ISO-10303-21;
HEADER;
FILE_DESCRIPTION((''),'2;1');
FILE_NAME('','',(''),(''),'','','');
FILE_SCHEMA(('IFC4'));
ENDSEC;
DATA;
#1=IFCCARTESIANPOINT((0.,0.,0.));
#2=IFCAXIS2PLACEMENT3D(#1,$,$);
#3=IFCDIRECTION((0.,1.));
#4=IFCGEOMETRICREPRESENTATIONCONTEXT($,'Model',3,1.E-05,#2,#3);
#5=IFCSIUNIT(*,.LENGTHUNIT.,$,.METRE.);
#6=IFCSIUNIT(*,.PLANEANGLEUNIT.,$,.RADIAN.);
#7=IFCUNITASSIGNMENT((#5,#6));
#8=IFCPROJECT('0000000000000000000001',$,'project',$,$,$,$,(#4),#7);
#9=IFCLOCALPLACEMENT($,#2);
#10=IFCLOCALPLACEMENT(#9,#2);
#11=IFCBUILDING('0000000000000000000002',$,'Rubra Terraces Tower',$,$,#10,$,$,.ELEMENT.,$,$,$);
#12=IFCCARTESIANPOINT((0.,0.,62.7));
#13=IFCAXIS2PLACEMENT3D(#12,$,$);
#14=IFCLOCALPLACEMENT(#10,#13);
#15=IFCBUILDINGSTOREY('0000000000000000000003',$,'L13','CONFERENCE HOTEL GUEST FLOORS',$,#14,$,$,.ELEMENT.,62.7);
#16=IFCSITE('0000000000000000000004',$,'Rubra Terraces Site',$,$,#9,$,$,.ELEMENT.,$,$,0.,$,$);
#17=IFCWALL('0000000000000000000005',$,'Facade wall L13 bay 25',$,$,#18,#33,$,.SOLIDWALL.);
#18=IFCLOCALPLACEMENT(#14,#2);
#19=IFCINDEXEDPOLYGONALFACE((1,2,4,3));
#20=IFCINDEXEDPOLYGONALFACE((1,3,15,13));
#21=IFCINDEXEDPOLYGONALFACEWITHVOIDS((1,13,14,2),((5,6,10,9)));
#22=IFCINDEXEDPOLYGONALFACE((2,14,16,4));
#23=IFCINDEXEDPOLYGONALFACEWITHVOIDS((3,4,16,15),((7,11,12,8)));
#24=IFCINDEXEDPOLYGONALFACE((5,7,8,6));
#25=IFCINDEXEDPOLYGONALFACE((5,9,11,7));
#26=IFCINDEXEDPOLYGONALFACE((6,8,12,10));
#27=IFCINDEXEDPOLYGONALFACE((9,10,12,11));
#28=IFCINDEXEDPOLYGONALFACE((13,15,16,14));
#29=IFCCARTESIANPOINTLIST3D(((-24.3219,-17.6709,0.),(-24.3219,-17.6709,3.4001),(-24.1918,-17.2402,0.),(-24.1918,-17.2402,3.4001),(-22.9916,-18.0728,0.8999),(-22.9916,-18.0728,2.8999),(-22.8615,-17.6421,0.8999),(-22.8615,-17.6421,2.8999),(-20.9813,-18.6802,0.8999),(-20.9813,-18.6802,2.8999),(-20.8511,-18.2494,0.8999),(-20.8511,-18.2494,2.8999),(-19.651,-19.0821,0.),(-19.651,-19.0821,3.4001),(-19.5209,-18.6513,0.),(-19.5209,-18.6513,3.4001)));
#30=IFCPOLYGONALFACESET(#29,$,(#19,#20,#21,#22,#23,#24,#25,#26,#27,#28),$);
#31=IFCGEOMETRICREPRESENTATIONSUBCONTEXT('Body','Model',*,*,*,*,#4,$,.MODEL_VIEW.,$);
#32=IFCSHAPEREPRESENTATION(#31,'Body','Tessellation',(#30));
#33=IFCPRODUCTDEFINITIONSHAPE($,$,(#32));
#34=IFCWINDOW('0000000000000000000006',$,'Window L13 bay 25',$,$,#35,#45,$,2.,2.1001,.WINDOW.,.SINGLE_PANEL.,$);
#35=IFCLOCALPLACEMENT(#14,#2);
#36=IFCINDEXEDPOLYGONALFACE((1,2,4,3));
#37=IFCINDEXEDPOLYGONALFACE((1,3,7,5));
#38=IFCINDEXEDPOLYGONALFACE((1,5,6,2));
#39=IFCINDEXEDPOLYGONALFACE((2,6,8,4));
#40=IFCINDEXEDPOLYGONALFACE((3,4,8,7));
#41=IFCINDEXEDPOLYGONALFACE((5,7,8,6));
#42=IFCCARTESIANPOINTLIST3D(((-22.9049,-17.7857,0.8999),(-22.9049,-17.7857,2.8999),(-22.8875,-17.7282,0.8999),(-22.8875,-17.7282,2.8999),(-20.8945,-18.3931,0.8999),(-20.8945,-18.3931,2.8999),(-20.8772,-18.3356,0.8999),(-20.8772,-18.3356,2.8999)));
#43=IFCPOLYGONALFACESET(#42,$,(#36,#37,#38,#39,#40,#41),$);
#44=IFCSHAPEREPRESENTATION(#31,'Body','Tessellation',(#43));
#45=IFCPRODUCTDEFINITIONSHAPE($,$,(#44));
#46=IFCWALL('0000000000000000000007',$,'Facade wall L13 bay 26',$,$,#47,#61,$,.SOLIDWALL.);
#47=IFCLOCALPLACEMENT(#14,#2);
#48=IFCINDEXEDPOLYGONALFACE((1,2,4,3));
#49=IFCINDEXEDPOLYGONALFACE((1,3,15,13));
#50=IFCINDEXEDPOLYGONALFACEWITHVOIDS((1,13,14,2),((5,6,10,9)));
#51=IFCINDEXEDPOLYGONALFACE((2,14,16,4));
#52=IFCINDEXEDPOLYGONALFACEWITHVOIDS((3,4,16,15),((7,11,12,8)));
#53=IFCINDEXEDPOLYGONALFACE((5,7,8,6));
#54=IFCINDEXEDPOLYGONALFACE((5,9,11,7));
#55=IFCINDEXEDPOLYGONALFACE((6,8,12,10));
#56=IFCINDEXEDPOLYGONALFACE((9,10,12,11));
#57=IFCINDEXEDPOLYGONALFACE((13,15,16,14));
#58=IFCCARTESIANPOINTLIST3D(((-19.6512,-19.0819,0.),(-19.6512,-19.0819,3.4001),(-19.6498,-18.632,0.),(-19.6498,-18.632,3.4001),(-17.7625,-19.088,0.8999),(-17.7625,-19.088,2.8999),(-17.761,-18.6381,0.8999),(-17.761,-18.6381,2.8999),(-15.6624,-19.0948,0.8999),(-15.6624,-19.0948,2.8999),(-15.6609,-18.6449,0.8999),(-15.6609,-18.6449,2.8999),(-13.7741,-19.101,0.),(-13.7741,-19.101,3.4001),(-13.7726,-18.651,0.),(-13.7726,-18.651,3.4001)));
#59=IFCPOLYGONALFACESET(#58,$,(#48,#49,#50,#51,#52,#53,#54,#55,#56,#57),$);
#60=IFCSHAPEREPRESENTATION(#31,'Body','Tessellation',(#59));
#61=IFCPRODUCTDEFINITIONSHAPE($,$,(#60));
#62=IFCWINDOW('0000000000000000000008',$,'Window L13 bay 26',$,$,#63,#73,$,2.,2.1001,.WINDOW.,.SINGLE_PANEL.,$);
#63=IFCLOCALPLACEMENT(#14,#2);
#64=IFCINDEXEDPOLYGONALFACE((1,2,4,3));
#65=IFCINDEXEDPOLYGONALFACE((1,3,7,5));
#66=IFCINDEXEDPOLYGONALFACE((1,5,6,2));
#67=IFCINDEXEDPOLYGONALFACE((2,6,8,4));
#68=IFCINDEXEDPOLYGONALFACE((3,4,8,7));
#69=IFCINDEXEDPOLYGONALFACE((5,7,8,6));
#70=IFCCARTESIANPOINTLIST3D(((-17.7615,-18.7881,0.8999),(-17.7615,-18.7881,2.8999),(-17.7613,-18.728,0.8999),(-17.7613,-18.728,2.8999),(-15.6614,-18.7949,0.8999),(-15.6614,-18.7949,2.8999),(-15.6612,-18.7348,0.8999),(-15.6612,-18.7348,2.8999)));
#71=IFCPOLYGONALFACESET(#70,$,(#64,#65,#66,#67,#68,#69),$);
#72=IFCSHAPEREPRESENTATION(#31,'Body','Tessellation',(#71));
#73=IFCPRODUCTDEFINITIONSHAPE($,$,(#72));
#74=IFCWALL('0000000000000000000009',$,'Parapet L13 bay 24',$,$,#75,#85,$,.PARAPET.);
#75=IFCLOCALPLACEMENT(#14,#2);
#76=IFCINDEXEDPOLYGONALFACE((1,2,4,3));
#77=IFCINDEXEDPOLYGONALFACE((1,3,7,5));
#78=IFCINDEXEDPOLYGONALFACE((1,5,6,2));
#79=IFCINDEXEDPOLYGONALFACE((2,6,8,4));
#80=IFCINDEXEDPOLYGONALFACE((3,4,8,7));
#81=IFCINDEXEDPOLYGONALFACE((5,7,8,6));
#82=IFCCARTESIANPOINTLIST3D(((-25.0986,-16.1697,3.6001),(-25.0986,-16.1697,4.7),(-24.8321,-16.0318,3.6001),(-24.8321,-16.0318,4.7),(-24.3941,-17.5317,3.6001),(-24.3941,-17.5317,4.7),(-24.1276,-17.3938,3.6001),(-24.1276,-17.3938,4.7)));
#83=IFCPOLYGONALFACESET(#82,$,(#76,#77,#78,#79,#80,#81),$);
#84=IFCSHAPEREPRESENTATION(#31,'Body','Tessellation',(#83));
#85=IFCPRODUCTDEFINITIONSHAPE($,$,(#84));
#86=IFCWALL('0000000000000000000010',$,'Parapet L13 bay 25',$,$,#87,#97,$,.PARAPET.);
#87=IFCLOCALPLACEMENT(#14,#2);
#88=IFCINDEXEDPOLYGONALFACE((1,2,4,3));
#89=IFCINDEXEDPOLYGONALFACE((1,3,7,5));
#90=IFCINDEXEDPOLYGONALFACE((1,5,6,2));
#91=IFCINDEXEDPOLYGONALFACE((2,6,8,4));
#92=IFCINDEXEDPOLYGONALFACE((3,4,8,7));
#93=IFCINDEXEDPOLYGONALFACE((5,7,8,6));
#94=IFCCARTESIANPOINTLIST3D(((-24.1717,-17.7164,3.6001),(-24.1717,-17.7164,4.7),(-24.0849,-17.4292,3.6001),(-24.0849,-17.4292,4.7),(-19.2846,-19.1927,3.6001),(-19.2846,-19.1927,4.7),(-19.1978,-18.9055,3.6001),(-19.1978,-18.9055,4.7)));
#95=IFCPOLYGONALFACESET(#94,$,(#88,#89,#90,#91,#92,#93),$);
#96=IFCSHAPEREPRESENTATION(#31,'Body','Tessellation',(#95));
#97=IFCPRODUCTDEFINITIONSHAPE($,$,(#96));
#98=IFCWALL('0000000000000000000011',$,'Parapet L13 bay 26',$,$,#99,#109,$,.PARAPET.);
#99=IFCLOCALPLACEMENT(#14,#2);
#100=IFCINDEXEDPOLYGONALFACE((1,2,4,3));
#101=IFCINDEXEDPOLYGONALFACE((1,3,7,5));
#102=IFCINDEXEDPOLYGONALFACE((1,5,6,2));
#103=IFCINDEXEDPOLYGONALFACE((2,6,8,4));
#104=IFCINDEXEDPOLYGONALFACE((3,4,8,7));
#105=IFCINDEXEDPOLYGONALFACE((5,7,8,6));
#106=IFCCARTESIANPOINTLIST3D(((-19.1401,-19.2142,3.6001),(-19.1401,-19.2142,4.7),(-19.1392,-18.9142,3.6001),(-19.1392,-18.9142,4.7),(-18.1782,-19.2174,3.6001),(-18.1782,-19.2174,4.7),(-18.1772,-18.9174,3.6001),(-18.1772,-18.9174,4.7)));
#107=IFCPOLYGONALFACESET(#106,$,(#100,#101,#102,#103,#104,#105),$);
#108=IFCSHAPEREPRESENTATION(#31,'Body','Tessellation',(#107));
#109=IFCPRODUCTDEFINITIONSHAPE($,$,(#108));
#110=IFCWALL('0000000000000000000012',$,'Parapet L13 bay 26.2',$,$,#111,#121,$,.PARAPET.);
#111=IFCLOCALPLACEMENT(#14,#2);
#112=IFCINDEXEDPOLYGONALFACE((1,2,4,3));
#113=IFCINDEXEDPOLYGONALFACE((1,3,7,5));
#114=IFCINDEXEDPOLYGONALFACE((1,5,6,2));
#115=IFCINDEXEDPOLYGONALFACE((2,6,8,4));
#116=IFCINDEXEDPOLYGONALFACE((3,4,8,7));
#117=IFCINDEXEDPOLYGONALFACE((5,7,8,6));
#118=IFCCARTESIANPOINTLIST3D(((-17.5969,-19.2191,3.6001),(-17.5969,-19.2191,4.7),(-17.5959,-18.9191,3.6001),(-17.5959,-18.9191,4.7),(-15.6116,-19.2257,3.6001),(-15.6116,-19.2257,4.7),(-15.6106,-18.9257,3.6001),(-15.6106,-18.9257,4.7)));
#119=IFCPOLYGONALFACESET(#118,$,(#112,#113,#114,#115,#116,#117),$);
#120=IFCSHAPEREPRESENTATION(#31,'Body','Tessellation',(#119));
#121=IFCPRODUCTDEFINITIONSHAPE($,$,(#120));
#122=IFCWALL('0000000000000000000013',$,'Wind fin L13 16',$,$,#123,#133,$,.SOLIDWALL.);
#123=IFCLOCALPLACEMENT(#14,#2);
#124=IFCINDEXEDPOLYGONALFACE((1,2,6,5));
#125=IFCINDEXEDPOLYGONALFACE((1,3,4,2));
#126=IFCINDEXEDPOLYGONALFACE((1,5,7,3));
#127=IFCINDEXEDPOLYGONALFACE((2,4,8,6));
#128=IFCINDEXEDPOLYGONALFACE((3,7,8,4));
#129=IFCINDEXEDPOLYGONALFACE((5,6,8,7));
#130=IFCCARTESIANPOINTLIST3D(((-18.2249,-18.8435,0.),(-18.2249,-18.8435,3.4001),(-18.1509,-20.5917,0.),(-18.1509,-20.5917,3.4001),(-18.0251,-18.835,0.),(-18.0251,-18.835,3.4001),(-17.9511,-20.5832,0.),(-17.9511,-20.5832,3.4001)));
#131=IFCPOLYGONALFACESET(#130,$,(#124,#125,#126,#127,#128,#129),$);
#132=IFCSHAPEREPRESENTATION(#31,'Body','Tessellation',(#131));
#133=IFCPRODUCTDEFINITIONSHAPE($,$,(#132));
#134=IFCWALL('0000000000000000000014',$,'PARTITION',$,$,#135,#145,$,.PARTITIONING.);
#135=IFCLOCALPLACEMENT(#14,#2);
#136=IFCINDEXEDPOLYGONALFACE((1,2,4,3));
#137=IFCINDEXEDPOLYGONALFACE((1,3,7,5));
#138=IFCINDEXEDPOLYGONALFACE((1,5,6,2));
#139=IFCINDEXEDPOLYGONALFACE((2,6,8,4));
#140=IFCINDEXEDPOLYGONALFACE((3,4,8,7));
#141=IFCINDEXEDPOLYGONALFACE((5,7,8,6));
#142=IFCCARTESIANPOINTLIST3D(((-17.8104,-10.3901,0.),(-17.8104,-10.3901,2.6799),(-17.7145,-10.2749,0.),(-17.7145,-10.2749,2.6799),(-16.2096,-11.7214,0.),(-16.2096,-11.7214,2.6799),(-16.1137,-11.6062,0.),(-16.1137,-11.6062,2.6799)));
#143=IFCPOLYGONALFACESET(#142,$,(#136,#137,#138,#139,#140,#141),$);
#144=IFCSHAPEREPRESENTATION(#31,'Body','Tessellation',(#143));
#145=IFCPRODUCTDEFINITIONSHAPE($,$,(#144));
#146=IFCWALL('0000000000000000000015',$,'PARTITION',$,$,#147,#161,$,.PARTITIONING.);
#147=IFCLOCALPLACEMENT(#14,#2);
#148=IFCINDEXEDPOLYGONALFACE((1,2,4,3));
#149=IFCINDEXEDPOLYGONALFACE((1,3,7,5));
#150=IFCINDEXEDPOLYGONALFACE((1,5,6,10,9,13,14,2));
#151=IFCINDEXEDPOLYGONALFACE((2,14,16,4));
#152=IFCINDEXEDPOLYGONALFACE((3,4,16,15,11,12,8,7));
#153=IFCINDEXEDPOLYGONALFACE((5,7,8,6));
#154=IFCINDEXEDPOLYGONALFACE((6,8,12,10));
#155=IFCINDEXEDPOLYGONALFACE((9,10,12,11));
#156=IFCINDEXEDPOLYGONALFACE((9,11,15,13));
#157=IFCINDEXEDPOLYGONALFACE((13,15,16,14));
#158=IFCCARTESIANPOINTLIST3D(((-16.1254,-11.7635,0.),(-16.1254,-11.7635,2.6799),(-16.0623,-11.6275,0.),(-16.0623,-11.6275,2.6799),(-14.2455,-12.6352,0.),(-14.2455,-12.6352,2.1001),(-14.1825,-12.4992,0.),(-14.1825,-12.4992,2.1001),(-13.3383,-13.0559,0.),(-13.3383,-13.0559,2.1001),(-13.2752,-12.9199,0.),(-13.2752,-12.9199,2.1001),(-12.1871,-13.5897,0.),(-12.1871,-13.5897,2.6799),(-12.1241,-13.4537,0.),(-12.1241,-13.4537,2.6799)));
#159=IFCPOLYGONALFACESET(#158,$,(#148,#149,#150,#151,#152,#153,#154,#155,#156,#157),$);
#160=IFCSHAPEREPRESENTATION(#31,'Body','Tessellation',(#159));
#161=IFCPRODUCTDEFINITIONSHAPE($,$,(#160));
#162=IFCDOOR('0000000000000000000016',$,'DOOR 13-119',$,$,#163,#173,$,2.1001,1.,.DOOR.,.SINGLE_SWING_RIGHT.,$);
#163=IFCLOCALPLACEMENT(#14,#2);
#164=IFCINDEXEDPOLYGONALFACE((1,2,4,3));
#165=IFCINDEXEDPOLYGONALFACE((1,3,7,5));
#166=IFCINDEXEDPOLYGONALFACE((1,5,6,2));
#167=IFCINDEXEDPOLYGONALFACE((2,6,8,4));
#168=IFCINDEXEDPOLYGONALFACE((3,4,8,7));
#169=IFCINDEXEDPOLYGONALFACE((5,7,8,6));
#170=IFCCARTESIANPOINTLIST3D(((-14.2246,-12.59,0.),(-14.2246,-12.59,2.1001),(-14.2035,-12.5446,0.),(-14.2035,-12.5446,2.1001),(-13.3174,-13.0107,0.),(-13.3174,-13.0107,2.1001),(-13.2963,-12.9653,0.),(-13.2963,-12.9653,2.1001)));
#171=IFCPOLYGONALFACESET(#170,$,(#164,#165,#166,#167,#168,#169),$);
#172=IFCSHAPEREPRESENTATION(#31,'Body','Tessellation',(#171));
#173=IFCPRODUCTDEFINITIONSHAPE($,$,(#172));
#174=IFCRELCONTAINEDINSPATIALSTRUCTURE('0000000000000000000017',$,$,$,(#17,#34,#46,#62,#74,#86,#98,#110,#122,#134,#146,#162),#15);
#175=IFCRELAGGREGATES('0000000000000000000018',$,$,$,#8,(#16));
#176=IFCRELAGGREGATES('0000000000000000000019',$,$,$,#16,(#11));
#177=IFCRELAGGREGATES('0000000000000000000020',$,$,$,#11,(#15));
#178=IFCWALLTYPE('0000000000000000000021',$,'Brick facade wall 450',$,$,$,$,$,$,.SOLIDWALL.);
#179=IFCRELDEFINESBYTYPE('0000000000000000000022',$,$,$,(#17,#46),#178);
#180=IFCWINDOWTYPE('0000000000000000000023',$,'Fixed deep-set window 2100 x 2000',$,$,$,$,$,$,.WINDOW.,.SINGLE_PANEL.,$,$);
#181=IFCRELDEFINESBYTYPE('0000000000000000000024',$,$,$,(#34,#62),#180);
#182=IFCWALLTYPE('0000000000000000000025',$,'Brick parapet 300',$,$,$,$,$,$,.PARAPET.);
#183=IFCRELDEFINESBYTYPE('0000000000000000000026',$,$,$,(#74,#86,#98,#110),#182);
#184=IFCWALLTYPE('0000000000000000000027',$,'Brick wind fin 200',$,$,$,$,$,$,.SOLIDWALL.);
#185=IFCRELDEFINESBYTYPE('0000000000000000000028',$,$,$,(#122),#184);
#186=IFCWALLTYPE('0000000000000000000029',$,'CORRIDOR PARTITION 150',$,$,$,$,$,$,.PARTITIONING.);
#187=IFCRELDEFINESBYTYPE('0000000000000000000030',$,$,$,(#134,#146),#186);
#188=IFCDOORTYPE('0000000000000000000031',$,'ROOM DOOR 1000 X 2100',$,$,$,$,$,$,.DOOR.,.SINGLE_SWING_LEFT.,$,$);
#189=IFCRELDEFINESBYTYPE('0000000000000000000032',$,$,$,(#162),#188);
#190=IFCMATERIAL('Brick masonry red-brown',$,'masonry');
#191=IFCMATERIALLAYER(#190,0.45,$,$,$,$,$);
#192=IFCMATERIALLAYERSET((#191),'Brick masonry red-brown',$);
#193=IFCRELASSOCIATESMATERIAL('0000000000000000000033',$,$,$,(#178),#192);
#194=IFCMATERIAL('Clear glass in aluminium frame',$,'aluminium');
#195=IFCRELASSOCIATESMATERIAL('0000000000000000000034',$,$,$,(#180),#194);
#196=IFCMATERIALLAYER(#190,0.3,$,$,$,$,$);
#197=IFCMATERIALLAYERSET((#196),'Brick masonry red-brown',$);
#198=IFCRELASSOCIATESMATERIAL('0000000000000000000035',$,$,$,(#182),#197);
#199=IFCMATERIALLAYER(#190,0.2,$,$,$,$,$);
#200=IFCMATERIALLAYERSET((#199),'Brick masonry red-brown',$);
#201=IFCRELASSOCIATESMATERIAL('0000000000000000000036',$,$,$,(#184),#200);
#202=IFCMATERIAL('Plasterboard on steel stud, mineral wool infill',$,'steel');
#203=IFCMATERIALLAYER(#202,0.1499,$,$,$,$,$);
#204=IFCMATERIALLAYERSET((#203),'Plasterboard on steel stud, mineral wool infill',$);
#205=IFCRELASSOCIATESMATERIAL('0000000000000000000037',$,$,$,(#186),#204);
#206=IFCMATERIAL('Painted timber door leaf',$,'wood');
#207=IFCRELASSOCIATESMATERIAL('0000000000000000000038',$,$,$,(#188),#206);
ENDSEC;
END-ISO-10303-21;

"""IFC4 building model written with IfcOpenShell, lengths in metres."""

from ifc_helpers import new_model, si_unit, direction, frame, frame_2d, origin, place, context, subcontext, project, spatial, rectangle, extrude, material, layer, layer_set, type_object, element, fill, save


model = new_model("IFC4")

# Units and contexts
model_context = context("Model", 3, precision=1e-05, world=origin(), true_north=direction((0.0, 1.0)))
body_context = subcontext(model_context, "Body", "Model", "MODEL_VIEW")
ifc_project = project(units=[si_unit("LENGTHUNIT", "METRE"), si_unit("PLANEANGLEUNIT", "RADIAN")], contexts=[model_context])

# Site, building, storey
site_placement = place(None, origin())
site = spatial("IfcSite", under=ifc_project, at=site_placement, Name="Rubra Terraces Site", CompositionType="ELEMENT", RefElevation=0.0)
building_placement = place(site_placement, origin())
building = spatial("IfcBuilding", under=site, at=building_placement, Name="Rubra Terraces Tower", CompositionType="ELEMENT")
storey_placement = place(building_placement, frame((0.0, 0.0, 62.7)))
storey = spatial("IfcBuildingStorey", under=building, at=storey_placement, Name="L13", Description="CONFERENCE HOTEL GUEST FLOORS", CompositionType="ELEMENT", Elevation=62.7)

# Walls, openings, windows
ifc_material_1 = material(Name="Brick masonry red-brown", Category="masonry")
ifc_layer_1 = layer(ifc_material_1, 0.45)
ifc_layer_set_1 = layer_set([ifc_layer_1], Name="Brick masonry red-brown")
wall_type_1 = type_object("IfcWallType", Name="Brick facade wall 450", PredefinedType="SOLIDWALL", material=ifc_layer_set_1)
ifc_material_2 = material(Name="Clear glass in aluminium frame", Category="aluminium")
window_type = type_object("IfcWindowType", Name="Fixed deep-set window 2100 x 2000", PartitioningType="SINGLE_PANEL", PredefinedType="WINDOW", material=ifc_material_2)
wall_1_placement = place(storey_placement, frame((-24.2568, -17.4556, 0.0), z_axis=(0.0, 0.0, 1.0), x_axis=(0.957268, -0.289202, 0.0)))
wall_1 = element("IfcWall", 1, at=wall_1_placement, inside=storey, type_object=wall_type_1, Name="Facade wall L13 bay 25", PredefinedType="SOLIDWALL", context=body_context, shape_type="SweptSolid", body=[
    extrude(rectangle(XDim=4.8794, YDim=0.45, at=frame_2d((2.4397, 0.0))), origin(), (0.0, 0.0, 1.0), 3.4001),
])
opening_1_placement = place(wall_1_placement, frame((1.3896, 0.0, 0.8999)))
opening_1 = element("IfcOpeningElement", 2, at=opening_1_placement, cuts=wall_1, PredefinedType="OPENING", context=body_context, shape_type="SweptSolid", body=[
    extrude(rectangle(XDim=2.1001, YDim=2.0, at=frame_2d((1.05, 1.0))), frame((0.0, 0.2349, 0.0), z_axis=(0.0, -1.0, 0.0), x_axis=(1.0, 0.0, 0.0)), (0.0, 0.0, 1.0), 0.47),
])
window_1_placement = place(opening_1_placement, origin())
window_1 = element("IfcWindow", 3, at=window_1_placement, inside=storey, type_object=window_type, Name="Window L13 bay 25", OverallHeight=2.0, OverallWidth=2.1001, PartitioningType="SINGLE_PANEL", PredefinedType="WINDOW", context=body_context, shape_type="SweptSolid", body=[
    extrude(rectangle(XDim=2.1001, YDim=2.0, at=frame_2d((1.05, 1.0))), frame((0.0, 0.135, 0.0), z_axis=(0.0, -1.0, 0.0), x_axis=(1.0, 0.0, 0.0)), (0.0, 0.0, 1.0), 0.0601),
])
fill(opening_1, window_1)
wall_2_placement = place(storey_placement, frame((-19.6504, -18.8569, 0.0), z_axis=(0.0, 0.0, 1.0), x_axis=(0.999995, -0.00324, 0.0)))
wall_2 = element("IfcWall", 4, at=wall_2_placement, inside=storey, type_object=wall_type_1, Name="Facade wall L13 bay 26", PredefinedType="SOLIDWALL", context=body_context, shape_type="SweptSolid", body=[
    extrude(rectangle(XDim=5.8772, YDim=0.45, at=frame_2d((2.9385, 0.0))), origin(), (0.0, 0.0, 1.0), 3.4001),
])
opening_2_placement = place(wall_2_placement, frame((1.8887, 0.0, 0.8999)))
opening_2 = element("IfcOpeningElement", 5, at=opening_2_placement, cuts=wall_2, PredefinedType="OPENING", context=body_context, shape_type="SweptSolid", body=[
    extrude(rectangle(XDim=2.1001, YDim=2.0, at=frame_2d((1.05, 1.0))), frame((0.0, 0.2349, 0.0), z_axis=(0.0, -1.0, 0.0), x_axis=(1.0, 0.0, 0.0)), (0.0, 0.0, 1.0), 0.47),
])
window_2_placement = place(opening_2_placement, origin())
window_2 = element("IfcWindow", 6, at=window_2_placement, inside=storey, type_object=window_type, Name="Window L13 bay 26", OverallHeight=2.0, OverallWidth=2.1001, PartitioningType="SINGLE_PANEL", PredefinedType="WINDOW", context=body_context, shape_type="SweptSolid", body=[
    extrude(rectangle(XDim=2.1001, YDim=2.0, at=frame_2d((1.05, 1.0))), frame((0.0, 0.135, 0.0), z_axis=(0.0, -1.0, 0.0), x_axis=(1.0, 0.0, 0.0)), (0.0, 0.0, 1.0), 0.0601),
])
fill(opening_2, window_2)

# Walls
ifc_layer_2 = layer(ifc_material_1, 0.3)
ifc_layer_set_2 = layer_set([ifc_layer_2], Name="Brick masonry red-brown")
wall_type_2 = type_object("IfcWallType", Name="Brick parapet 300", PredefinedType="PARAPET", material=ifc_layer_set_2)
wall_3_placement = place(storey_placement, frame((-24.9653, -16.1008, 3.6001), z_axis=(0.0, 0.0, 1.0), x_axis=(0.459462, -0.888197, 0.0)))
element("IfcWall", 7, at=wall_3_placement, inside=storey, type_object=wall_type_2, Name="Parapet L13 bay 24", PredefinedType="PARAPET", context=body_context, shape_type="SweptSolid", body=[
    extrude(rectangle(XDim=1.5334, YDim=0.3, at=frame_2d((0.7666, 0.0))), origin(), (0.0, 0.0, 1.0), 1.0999),
])
wall_4_placement = place(storey_placement, frame((-24.1284, -17.5728, 3.6001), z_axis=(0.0, 0.0, 1.0), x_axis=(0.957277, -0.289172, 0.0)))
element("IfcWall", 8, at=wall_4_placement, inside=storey, type_object=wall_type_2, Name="Parapet L13 bay 25", PredefinedType="PARAPET", context=body_context, shape_type="SweptSolid", body=[
    extrude(rectangle(XDim=5.1052, YDim=0.3, at=frame_2d((2.5527, 0.0))), origin(), (0.0, 0.0, 1.0), 1.0999),
])
wall_5_placement = place(storey_placement, frame((-19.1396, -19.0642, 3.6001), z_axis=(0.0, 0.0, 1.0), x_axis=(0.999995, -0.003299, 0.0)))
element("IfcWall", 9, at=wall_5_placement, inside=storey, type_object=wall_type_2, Name="Parapet L13 bay 26", PredefinedType="PARAPET", context=body_context, shape_type="SweptSolid", body=[
    extrude(rectangle(XDim=0.9619, YDim=0.3, at=frame_2d((0.481, 0.0))), origin(), (0.0, 0.0, 1.0), 1.0999),
])
wall_6_placement = place(storey_placement, frame((-17.5964, -19.0691, 3.6001), z_axis=(0.0, 0.0, 1.0), x_axis=(0.999994, -0.00332, 0.0)))
element("IfcWall", 10, at=wall_6_placement, inside=storey, type_object=wall_type_2, Name="Parapet L13 bay 26.2", PredefinedType="PARAPET", context=body_context, shape_type="SweptSolid", body=[
    extrude(rectangle(XDim=1.9854, YDim=0.3, at=frame_2d((0.9927, 0.0))), origin(), (0.0, 0.0, 1.0), 1.0999),
])
ifc_layer_3 = layer(ifc_material_1, 0.2)
ifc_layer_set_3 = layer_set([ifc_layer_3], Name="Brick masonry red-brown")
wall_type_3 = type_object("IfcWallType", Name="Brick wind fin 200", PredefinedType="SOLIDWALL", material=ifc_layer_set_3)
wall_7_placement = place(storey_placement, frame((-18.125, -18.8391, 0.0), z_axis=(0.0, 0.0, 1.0), x_axis=(0.042275, -0.999106, 0.0)))
element("IfcWall", 11, at=wall_7_placement, inside=storey, type_object=wall_type_3, Name="Wind fin L13 16", PredefinedType="SOLIDWALL", context=body_context, shape_type="SweptSolid", body=[
    extrude(rectangle(XDim=1.7498, YDim=0.2, at=frame_2d((0.875, 0.0))), origin(), (0.0, 0.0, 1.0), 3.4001),
])
ifc_material_3 = material(Name="Plasterboard on steel stud, mineral wool infill", Category="steel")
ifc_layer_4 = layer(ifc_material_3, 0.1499)
ifc_layer_set_4 = layer_set([ifc_layer_4], Name="Plasterboard on steel stud, mineral wool infill")
wall_type_4 = type_object("IfcWallType", Name="CORRIDOR PARTITION 150", PredefinedType="PARTITIONING", material=ifc_layer_set_4)
wall_8_placement = place(storey_placement, frame((-17.7625, -10.3325, 0.0), z_axis=(0.0, 0.0, 1.0), x_axis=(0.768865, -0.639411, 0.0)))
element("IfcWall", 12, at=wall_8_placement, inside=storey, type_object=wall_type_4, Name="PARTITION", PredefinedType="PARTITIONING", context=body_context, shape_type="SweptSolid", body=[
    extrude(rectangle(XDim=2.082, YDim=0.1499, at=frame_2d((1.041, 0.0))), origin(), (0.0, 0.0, 1.0), 2.6799),
])

# Wall, opening, door
wall_9_placement = place(storey_placement, frame((-16.0938, -11.6956, 0.0), z_axis=(0.0, 0.0, 1.0), x_axis=(0.907211, -0.420677, 0.0)))
wall_9 = element("IfcWall", 13, at=wall_9_placement, inside=storey, type_object=wall_type_4, Name="PARTITION", PredefinedType="PARTITIONING", context=body_context, shape_type="SweptSolid", body=[
    extrude(rectangle(XDim=4.3411, YDim=0.1499, at=frame_2d((2.1704, 0.0))), origin(), (0.0, 0.0, 1.0), 2.6799),
])
opening_3_placement = place(wall_9_placement, frame((2.072, 0.0, 0.0)))
opening_3 = element("IfcOpeningElement", 14, at=opening_3_placement, cuts=wall_9, PredefinedType="OPENING", context=body_context, shape_type="SweptSolid", body=[
    extrude(rectangle(XDim=1.0, YDim=2.1001, at=frame_2d((0.5, 1.05))), frame((0.0, 0.085, 0.0), z_axis=(0.0, -1.0, 0.0), x_axis=(1.0, 0.0, 0.0)), (0.0, 0.0, 1.0), 0.1699),
])
ifc_material_4 = material(Name="Painted timber door leaf", Category="wood")
door_type_1 = type_object("IfcDoorType", Name="ROOM DOOR 1000 X 2100", OperationType="SINGLE_SWING_LEFT", PredefinedType="DOOR", material=ifc_material_4)
door_1_placement = place(opening_3_placement, origin())
door_1 = element("IfcDoor", 15, at=door_1_placement, inside=storey, type_object=door_type_1, Name="DOOR 13-119", OperationType="SINGLE_SWING_RIGHT", OverallHeight=2.1001, OverallWidth=1.0, PredefinedType="DOOR", context=body_context, shape_type="SweptSolid", body=[
    extrude(rectangle(XDim=1.0, YDim=2.1001, at=frame_2d((0.5, 1.05))), frame((0.0, 0.0249, 0.0), z_axis=(0.0, -1.0, 0.0), x_axis=(1.0, 0.0, 0.0)), (0.0, 0.0, 1.0), 0.05),
])
fill(opening_3, door_1)

save(model, "model.ifc")
